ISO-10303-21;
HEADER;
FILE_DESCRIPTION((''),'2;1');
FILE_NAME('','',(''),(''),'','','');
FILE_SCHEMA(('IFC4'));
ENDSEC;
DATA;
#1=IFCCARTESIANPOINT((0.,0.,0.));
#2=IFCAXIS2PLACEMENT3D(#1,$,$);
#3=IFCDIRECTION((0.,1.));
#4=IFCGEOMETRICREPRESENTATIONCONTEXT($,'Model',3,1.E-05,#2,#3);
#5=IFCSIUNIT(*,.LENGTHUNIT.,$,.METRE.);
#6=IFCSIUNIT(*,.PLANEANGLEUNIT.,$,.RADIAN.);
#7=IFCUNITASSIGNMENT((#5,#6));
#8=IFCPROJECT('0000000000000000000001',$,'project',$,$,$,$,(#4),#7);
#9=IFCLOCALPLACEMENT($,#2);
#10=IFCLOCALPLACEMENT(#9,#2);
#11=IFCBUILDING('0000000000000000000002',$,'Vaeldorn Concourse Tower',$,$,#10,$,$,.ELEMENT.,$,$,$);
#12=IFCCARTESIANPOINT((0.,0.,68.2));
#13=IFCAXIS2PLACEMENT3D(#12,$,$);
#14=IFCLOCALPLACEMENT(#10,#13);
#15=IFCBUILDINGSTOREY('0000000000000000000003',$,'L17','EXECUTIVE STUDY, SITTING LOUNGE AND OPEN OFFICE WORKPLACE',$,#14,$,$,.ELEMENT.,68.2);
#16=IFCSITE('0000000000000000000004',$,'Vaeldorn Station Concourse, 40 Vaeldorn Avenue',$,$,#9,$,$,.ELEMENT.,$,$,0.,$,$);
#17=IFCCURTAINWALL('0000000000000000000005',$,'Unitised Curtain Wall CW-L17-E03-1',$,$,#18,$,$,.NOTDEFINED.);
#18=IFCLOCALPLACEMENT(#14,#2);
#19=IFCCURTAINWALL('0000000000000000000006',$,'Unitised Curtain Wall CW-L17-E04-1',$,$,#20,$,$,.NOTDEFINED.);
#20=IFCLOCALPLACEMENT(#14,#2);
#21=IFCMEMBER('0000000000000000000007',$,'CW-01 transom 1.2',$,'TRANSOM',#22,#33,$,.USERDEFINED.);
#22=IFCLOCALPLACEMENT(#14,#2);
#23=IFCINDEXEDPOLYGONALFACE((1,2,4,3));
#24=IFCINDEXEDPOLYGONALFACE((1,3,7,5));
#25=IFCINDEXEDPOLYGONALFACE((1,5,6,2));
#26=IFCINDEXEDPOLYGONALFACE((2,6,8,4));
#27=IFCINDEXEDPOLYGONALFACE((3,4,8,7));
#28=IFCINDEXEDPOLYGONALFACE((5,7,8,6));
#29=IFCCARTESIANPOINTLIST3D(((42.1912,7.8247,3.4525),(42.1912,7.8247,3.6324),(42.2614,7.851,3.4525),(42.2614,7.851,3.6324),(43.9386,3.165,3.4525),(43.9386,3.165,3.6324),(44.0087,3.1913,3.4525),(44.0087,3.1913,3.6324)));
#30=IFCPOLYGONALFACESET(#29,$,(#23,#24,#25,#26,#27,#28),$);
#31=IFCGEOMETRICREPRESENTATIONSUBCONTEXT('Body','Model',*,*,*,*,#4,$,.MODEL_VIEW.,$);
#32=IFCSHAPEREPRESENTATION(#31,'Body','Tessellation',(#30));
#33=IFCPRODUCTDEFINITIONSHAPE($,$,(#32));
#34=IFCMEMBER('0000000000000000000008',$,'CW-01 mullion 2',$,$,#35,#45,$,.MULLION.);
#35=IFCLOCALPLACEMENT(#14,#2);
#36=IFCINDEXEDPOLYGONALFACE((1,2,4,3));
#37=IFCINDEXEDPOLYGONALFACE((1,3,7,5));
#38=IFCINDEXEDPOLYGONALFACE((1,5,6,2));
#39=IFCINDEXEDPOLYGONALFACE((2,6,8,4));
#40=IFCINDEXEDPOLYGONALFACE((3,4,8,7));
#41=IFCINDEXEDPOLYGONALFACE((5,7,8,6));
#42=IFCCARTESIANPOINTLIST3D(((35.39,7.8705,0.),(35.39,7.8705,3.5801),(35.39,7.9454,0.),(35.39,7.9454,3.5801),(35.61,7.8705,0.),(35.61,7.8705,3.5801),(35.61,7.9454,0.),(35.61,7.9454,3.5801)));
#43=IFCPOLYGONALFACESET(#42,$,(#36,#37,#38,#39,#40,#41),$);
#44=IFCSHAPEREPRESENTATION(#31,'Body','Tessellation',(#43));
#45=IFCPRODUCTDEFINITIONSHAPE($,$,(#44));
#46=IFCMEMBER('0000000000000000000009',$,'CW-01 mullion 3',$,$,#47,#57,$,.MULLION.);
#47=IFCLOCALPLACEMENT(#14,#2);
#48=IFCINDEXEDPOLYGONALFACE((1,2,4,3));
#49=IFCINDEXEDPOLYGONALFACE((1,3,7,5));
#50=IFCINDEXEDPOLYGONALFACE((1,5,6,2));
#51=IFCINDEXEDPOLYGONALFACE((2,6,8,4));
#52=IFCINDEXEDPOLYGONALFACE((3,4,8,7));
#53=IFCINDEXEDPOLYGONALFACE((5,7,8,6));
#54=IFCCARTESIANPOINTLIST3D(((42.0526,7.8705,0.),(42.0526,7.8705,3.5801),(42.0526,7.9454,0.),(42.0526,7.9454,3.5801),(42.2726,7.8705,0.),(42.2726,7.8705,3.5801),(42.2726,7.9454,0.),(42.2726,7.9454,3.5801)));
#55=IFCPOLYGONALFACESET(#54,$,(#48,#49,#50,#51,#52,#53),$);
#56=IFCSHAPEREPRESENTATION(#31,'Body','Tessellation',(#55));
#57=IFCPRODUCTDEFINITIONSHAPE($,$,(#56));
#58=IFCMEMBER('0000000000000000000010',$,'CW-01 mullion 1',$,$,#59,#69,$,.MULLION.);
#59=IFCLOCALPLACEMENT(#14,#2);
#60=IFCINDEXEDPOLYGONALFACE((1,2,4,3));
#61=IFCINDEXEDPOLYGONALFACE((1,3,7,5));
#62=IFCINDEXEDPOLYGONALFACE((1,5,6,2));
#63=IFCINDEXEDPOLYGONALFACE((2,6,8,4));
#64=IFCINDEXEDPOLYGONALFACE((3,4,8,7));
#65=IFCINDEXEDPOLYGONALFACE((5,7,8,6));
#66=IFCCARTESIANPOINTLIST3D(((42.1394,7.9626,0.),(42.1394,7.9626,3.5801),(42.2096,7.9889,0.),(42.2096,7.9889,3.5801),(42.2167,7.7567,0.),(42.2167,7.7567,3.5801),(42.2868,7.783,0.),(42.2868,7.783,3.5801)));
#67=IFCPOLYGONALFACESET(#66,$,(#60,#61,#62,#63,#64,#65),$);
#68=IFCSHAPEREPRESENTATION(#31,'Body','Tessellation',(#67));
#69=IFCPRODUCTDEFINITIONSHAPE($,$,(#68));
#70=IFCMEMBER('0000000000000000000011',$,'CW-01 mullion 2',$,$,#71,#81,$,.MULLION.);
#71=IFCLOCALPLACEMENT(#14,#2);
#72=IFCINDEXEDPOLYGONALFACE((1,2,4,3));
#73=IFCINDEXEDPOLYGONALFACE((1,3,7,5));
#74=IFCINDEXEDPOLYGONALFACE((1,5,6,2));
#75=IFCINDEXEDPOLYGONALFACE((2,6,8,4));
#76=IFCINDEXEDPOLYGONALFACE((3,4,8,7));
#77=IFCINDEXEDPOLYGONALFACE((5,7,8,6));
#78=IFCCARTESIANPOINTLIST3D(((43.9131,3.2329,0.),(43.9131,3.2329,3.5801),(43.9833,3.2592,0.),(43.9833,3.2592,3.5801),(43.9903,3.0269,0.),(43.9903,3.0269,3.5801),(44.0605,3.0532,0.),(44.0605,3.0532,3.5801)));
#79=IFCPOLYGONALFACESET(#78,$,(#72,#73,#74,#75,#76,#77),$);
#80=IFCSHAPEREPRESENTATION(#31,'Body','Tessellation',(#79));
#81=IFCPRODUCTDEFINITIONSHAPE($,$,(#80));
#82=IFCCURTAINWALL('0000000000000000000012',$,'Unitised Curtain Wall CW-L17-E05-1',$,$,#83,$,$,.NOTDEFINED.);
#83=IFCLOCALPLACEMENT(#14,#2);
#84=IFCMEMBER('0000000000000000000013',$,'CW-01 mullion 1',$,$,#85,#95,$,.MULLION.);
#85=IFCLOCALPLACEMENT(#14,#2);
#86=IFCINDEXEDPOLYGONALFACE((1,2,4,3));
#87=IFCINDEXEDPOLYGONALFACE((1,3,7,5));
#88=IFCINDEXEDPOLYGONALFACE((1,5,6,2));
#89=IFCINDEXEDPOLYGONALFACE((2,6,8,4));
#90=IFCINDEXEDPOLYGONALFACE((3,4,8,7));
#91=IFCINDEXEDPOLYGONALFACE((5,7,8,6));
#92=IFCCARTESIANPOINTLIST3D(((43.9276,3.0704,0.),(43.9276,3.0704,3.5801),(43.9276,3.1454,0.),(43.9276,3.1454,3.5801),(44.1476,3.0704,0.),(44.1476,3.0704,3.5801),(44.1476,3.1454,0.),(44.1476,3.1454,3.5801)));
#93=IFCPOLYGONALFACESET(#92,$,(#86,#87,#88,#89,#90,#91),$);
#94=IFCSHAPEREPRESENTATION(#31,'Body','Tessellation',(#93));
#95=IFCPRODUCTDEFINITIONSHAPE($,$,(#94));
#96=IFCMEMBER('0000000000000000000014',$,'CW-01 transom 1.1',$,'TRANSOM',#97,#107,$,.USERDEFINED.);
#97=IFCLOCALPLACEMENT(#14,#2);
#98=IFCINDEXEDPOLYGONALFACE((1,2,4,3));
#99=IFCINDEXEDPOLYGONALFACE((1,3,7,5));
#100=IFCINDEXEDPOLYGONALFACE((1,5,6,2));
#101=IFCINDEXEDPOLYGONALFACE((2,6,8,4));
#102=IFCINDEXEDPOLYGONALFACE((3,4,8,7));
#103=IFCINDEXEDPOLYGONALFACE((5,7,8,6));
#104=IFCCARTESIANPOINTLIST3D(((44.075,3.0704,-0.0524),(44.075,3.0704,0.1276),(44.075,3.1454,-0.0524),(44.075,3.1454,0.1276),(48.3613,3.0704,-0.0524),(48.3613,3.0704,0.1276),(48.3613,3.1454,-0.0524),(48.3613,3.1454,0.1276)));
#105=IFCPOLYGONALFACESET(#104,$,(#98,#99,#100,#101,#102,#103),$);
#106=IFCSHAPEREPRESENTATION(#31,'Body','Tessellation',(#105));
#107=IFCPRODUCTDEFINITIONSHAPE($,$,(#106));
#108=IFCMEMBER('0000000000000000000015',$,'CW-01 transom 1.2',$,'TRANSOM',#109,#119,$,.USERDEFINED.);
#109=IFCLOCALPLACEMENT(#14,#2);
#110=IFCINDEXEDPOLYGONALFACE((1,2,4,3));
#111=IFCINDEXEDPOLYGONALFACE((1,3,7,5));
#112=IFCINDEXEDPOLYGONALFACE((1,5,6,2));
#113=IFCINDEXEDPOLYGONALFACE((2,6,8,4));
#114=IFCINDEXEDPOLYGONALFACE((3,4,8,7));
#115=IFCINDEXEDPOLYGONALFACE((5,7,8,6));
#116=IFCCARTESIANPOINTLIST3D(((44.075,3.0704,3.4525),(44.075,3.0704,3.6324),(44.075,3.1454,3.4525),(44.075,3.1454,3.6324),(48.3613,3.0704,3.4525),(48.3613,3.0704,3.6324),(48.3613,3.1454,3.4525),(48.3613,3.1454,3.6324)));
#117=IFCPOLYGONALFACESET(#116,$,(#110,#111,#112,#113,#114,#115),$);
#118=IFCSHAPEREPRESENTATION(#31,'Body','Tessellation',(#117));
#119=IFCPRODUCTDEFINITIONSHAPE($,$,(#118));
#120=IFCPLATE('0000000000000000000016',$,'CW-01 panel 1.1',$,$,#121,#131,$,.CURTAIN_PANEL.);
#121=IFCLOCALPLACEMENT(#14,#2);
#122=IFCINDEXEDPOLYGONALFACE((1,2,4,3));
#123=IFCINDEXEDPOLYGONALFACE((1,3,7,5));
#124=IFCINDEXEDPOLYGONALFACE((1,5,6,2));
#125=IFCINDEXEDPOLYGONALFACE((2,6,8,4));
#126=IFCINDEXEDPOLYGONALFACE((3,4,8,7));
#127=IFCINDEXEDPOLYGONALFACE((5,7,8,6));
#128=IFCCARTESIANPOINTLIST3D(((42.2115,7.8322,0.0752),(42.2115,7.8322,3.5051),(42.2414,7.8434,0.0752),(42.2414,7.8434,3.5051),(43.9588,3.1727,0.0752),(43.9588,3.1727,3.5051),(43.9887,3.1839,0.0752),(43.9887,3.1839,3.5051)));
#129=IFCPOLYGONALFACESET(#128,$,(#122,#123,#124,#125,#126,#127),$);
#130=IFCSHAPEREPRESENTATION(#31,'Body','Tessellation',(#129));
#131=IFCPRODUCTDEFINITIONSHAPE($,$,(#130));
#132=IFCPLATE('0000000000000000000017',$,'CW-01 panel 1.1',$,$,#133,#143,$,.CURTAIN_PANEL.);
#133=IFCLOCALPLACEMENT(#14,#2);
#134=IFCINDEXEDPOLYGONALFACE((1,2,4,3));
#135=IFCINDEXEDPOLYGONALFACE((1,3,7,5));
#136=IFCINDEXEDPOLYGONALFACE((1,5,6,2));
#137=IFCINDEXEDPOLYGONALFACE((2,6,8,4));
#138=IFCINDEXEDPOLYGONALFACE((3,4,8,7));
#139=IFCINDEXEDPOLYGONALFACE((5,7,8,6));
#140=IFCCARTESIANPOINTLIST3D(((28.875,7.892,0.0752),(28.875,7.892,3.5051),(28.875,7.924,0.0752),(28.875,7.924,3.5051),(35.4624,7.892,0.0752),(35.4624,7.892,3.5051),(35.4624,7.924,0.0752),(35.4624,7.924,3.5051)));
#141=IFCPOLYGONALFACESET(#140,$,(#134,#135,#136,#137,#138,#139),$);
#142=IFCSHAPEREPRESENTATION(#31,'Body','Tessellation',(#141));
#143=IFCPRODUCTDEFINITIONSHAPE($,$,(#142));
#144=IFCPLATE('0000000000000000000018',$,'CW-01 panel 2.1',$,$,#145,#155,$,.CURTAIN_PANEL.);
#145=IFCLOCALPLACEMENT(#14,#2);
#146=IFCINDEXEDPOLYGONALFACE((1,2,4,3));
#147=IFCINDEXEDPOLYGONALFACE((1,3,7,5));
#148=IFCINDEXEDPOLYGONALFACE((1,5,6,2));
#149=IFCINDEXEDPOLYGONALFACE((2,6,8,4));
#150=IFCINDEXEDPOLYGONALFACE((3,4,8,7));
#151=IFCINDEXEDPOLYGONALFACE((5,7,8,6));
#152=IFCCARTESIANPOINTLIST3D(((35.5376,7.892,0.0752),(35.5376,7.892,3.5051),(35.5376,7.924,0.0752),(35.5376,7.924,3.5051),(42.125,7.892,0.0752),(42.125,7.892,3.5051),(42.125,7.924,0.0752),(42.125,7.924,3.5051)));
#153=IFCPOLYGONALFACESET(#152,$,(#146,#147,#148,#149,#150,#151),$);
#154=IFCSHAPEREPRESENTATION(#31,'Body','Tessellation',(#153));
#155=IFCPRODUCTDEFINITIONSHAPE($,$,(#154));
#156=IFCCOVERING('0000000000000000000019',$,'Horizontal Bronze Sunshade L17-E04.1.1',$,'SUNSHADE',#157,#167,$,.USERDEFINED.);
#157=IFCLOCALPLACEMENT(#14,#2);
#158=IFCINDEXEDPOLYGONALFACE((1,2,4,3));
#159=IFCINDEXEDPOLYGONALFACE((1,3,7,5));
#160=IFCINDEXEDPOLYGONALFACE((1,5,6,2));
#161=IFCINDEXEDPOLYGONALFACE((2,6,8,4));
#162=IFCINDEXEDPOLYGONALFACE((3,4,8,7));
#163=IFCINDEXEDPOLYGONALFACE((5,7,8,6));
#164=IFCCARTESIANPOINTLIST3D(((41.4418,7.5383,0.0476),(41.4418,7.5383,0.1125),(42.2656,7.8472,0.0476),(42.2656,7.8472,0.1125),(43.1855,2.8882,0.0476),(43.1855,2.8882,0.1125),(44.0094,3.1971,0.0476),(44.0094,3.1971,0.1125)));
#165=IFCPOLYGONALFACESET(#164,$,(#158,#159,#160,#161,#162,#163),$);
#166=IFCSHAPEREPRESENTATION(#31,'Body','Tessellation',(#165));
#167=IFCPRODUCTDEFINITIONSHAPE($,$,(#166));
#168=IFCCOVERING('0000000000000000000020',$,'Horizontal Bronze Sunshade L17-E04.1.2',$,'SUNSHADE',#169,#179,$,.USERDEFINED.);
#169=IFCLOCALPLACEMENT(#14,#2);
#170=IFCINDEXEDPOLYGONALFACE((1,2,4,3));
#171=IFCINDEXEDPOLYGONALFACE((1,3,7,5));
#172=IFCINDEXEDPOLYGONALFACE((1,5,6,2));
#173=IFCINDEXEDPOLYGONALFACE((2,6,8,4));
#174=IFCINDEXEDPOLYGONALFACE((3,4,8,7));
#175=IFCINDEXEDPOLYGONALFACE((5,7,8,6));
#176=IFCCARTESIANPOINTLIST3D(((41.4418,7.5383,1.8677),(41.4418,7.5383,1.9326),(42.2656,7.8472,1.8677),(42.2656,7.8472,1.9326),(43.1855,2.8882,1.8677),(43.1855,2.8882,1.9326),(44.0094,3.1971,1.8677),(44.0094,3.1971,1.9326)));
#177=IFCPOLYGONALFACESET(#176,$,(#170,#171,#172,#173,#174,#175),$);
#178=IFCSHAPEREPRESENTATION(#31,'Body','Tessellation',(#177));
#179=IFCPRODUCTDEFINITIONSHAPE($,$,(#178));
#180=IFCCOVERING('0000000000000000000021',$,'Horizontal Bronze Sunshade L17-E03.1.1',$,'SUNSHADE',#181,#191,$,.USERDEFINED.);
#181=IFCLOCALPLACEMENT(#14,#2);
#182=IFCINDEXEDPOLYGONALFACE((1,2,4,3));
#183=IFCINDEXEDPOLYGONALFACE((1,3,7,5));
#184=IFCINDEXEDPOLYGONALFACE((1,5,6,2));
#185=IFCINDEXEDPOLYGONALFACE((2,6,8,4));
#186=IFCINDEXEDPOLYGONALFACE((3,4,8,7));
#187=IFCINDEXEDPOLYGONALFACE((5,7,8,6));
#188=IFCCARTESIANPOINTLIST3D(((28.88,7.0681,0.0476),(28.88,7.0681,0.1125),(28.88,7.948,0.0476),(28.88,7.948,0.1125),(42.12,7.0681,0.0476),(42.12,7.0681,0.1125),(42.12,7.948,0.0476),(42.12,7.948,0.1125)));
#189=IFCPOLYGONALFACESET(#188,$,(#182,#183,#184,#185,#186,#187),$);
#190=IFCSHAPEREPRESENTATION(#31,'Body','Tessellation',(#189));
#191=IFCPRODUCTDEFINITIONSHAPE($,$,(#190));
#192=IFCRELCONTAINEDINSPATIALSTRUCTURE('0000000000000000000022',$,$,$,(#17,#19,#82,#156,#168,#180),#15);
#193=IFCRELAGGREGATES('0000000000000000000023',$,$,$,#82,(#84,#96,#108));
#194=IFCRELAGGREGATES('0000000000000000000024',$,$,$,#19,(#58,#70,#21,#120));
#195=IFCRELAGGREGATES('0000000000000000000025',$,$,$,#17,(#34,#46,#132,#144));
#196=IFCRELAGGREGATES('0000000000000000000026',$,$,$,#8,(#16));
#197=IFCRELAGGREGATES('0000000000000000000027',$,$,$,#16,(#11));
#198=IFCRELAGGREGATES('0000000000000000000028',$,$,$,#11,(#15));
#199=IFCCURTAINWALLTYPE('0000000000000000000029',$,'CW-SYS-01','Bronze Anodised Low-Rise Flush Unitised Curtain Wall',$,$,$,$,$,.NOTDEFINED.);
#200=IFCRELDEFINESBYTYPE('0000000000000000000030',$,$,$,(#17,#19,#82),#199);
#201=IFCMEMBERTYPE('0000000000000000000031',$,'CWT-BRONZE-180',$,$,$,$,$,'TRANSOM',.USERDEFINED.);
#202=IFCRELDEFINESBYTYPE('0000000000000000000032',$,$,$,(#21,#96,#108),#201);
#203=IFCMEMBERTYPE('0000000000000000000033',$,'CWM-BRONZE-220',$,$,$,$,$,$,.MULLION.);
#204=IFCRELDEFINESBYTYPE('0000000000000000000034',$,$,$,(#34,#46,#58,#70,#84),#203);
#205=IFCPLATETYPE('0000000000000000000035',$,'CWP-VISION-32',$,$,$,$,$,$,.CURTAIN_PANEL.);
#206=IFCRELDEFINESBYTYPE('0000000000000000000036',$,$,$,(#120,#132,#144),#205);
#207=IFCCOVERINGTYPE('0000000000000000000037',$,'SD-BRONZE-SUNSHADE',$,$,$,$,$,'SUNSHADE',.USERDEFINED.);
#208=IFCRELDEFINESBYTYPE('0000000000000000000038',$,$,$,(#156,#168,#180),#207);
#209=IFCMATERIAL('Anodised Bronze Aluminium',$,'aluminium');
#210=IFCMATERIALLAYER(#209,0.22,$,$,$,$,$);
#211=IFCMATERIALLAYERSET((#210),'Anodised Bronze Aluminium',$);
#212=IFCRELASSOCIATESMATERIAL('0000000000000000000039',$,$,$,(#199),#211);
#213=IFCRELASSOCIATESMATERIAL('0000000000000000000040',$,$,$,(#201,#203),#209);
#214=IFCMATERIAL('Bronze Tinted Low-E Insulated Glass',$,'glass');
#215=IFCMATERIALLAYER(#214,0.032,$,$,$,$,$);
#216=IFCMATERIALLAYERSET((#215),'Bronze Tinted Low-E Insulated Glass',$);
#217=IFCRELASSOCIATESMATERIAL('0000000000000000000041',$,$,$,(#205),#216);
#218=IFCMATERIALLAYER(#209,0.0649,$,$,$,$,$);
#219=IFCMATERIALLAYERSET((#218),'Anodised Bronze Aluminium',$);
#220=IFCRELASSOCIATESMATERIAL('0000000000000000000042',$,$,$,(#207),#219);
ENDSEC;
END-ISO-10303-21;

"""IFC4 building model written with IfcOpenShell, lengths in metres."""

from ifc_helpers import new_model, si_unit, direction, frame, origin, origin_2d, place, context, subcontext, project, spatial, rectangle, extrude, source, transform, mapped, material, layer, layer_set, material_profile, profile_set, type_object, element, aggregate, save


model = new_model("IFC4")

# Units and contexts
model_context = context("Model", 3, precision=1e-05, world=origin(), true_north=direction((0.0, 1.0)))
body_context = subcontext(model_context, "Body", "Model", "MODEL_VIEW")
ifc_project = project(units=[si_unit("LENGTHUNIT", "METRE"), si_unit("PLANEANGLEUNIT", "RADIAN")], contexts=[model_context])

# Site, building, storey
site_placement = place(None, origin())
site = spatial("IfcSite", under=ifc_project, at=site_placement, Name="Vaeldorn Station Concourse, 40 Vaeldorn Avenue", CompositionType="ELEMENT", RefElevation=0.0)
building_placement = place(site_placement, origin())
building = spatial("IfcBuilding", under=site, at=building_placement, Name="Vaeldorn Concourse Tower", CompositionType="ELEMENT")
storey_placement = place(building_placement, frame((0.0, 0.0, 68.2)))
storey = spatial("IfcBuildingStorey", under=building, at=storey_placement, Name="L17", Description="EXECUTIVE STUDY, SITTING LOUNGE AND OPEN OFFICE WORKPLACE", CompositionType="ELEMENT", Elevation=68.2)

# Curtain walls, member
ifc_material_1 = material(Name="Anodised Bronze Aluminium", Category="aluminium")
ifc_layer_1 = layer(ifc_material_1, 0.22)
ifc_layer_set_1 = layer_set([ifc_layer_1], Name="Anodised Bronze Aluminium")
curtain_wall_type = type_object("IfcCurtainWallType", Name="CW-SYS-01", Description="Bronze Anodised Low-Rise Flush Unitised Curtain Wall", PredefinedType="NOTDEFINED", material=ifc_layer_set_1)
curtain_wall_1_placement = place(storey_placement, origin())
curtain_wall_1 = element("IfcCurtainWall", 1, at=curtain_wall_1_placement, inside=storey, type_object=curtain_wall_type, Name="Unitised Curtain Wall CW-L17-E03-1", PredefinedType="NOTDEFINED")
ifc_material_profile_1 = material_profile(ifc_material_1, rectangle(XDim=0.075, YDim=0.1799, at=origin_2d()), Name="CWT 75x180")
ifc_profile_set_1 = profile_set([ifc_material_profile_1], Name="Anodised Bronze Aluminium")
member_type_1 = type_object("IfcMemberType", Name="CWT-BRONZE-180", ElementType="TRANSOM", PredefinedType="USERDEFINED", material=ifc_profile_set_1)
curtain_wall_2_placement = place(storey_placement, origin())
curtain_wall_2 = element("IfcCurtainWall", 2, at=curtain_wall_2_placement, inside=storey, type_object=curtain_wall_type, Name="Unitised Curtain Wall CW-L17-E04-1", PredefinedType="NOTDEFINED")
shared_shape_1 = source(origin(), body_context, "Body", "SweptSolid", [
    extrude(rectangle(XDim=0.075, YDim=0.1799, at=origin_2d()), origin(), (0.0, 0.0, 1.0), 4.9766),
])
member_1_placement = place(storey_placement, frame((42.2263, 7.8379, 3.5425), z_axis=(0.351113, -0.936333, 0.0), x_axis=(0.936333, 0.351113, 0.0)))
member_1 = element("IfcMember", 3, at=member_1_placement, type_object=member_type_1, Name="CW-01 transom 1.2", ObjectType="TRANSOM", PredefinedType="USERDEFINED", context=body_context, shape_type="MappedRepresentation", body=[
    mapped(shared_shape_1, transform((0.0, 0.0, 0.0), scale=1.0)),
])

# Members
ifc_material_profile_2 = material_profile(ifc_material_1, rectangle(XDim=0.075, YDim=0.22, at=origin_2d()), Name="CWM 75x220")
ifc_profile_set_2 = profile_set([ifc_material_profile_2], Name="Anodised Bronze Aluminium")
member_type_2 = type_object("IfcMemberType", Name="CWM-BRONZE-220", PredefinedType="MULLION", material=ifc_profile_set_2)
shared_shape_2 = source(origin(), body_context, "Body", "SweptSolid", [
    extrude(rectangle(XDim=0.075, YDim=0.22, at=origin_2d()), origin(), (0.0, 0.0, 1.0), 3.5801),
])
member_2_placement = place(storey_placement, frame((35.5, 7.908, 0.0), z_axis=(0.0, 0.0, 1.0), x_axis=(0.0, 1.0, 0.0)))
member_2 = element("IfcMember", 4, at=member_2_placement, type_object=member_type_2, Name="CW-01 mullion 2", PredefinedType="MULLION", context=body_context, shape_type="MappedRepresentation", body=[
    mapped(shared_shape_2, transform((0.0, 0.0, 0.0), scale=1.0)),
])
member_3_placement = place(storey_placement, frame((42.1626, 7.908, 0.0), z_axis=(0.0, 0.0, 1.0), x_axis=(0.0, 1.0, 0.0)))
member_3 = element("IfcMember", 5, at=member_3_placement, type_object=member_type_2, Name="CW-01 mullion 3", PredefinedType="MULLION", context=body_context, shape_type="MappedRepresentation", body=[
    mapped(shared_shape_2, transform((0.0, 0.0, 0.0), scale=1.0)),
])
member_4_placement = place(storey_placement, frame((42.2131, 7.8728, 0.0), z_axis=(0.0, 0.0, 1.0), x_axis=(0.936329, 0.351123, 0.0)))
member_4 = element("IfcMember", 6, at=member_4_placement, type_object=member_type_2, Name="CW-01 mullion 1", PredefinedType="MULLION", context=body_context, shape_type="MappedRepresentation", body=[
    mapped(shared_shape_2, transform((0.0, 0.0, 0.0), scale=1.0)),
])
member_5_placement = place(storey_placement, frame((43.9868, 3.1431, 0.0), z_axis=(0.0, 0.0, 1.0), x_axis=(0.936329, 0.351123, 0.0)))
member_5 = element("IfcMember", 7, at=member_5_placement, type_object=member_type_2, Name="CW-01 mullion 2", PredefinedType="MULLION", context=body_context, shape_type="MappedRepresentation", body=[
    mapped(shared_shape_2, transform((0.0, 0.0, 0.0), scale=1.0)),
])

# Curtain wall, members
curtain_wall_3_placement = place(storey_placement, origin())
curtain_wall_3 = element("IfcCurtainWall", 8, at=curtain_wall_3_placement, inside=storey, type_object=curtain_wall_type, Name="Unitised Curtain Wall CW-L17-E05-1", PredefinedType="NOTDEFINED")
member_6_placement = place(storey_placement, frame((44.0376, 3.1079, 0.0), z_axis=(0.0, 0.0, 1.0), x_axis=(0.0, 1.0, 0.0)))
member_6 = element("IfcMember", 9, at=member_6_placement, type_object=member_type_2, Name="CW-01 mullion 1", PredefinedType="MULLION", context=body_context, shape_type="MappedRepresentation", body=[
    mapped(shared_shape_2, transform((0.0, 0.0, 0.0), scale=1.0)),
])
shared_shape_3 = source(origin(), body_context, "Body", "SweptSolid", [
    extrude(rectangle(XDim=0.075, YDim=0.1799, at=origin_2d()), origin(), (0.0, 0.0, 1.0), 4.2864),
])
member_7_placement = place(storey_placement, frame((44.075, 3.1079, 0.0376), z_axis=(1.0, 0.0, 0.0), x_axis=(0.0, 1.0, 0.0)))
member_7 = element("IfcMember", 10, at=member_7_placement, type_object=member_type_1, Name="CW-01 transom 1.1", ObjectType="TRANSOM", PredefinedType="USERDEFINED", context=body_context, shape_type="MappedRepresentation", body=[
    mapped(shared_shape_3, transform((0.0, 0.0, 0.0), scale=1.0)),
])
member_8_placement = place(storey_placement, frame((44.075, 3.1079, 3.5425), z_axis=(1.0, 0.0, 0.0), x_axis=(0.0, 1.0, 0.0)))
member_8 = element("IfcMember", 11, at=member_8_placement, type_object=member_type_1, Name="CW-01 transom 1.2", ObjectType="TRANSOM", PredefinedType="USERDEFINED", context=body_context, shape_type="MappedRepresentation", body=[
    mapped(shared_shape_3, transform((0.0, 0.0, 0.0), scale=1.0)),
])
aggregate(curtain_wall_3, [member_6, member_7, member_8])

# Plates
ifc_material_2 = material(Name="Bronze Tinted Low-E Insulated Glass", Category="glass")
ifc_layer_2 = layer(ifc_material_2, 0.032)
ifc_layer_set_2 = layer_set([ifc_layer_2], Name="Bronze Tinted Low-E Insulated Glass")
plate_type = type_object("IfcPlateType", Name="CWP-VISION-32", PredefinedType="CURTAIN_PANEL", material=ifc_layer_set_2)
shared_shape_4 = source(origin(), body_context, "Body", "SweptSolid", [
    extrude(rectangle(XDim=4.9763, YDim=0.032, at=origin_2d()), origin(), (0.0, 0.0, 1.0), 3.4299),
])
plate_1_placement = place(storey_placement, frame((43.1001, 5.5081, 0.0752), z_axis=(0.0, 0.0, 1.0), x_axis=(0.351123, -0.936329, 0.0)))
plate_1 = element("IfcPlate", 12, at=plate_1_placement, type_object=plate_type, Name="CW-01 panel 1.1", PredefinedType="CURTAIN_PANEL", context=body_context, shape_type="MappedRepresentation", body=[
    mapped(shared_shape_4, transform((0.0, 0.0, 0.0), scale=1.0)),
])
aggregate(curtain_wall_2, [member_4, member_5, member_1, plate_1])
shared_shape_5 = source(origin(), body_context, "Body", "SweptSolid", [
    extrude(rectangle(XDim=6.5874, YDim=0.032, at=origin_2d()), origin(), (0.0, 0.0, 1.0), 3.4299),
])
plate_2_placement = place(storey_placement, frame((32.1687, 7.908, 0.0752), z_axis=(0.0, 0.0, 1.0), x_axis=(1.0, 0.0, 0.0)))
plate_2 = element("IfcPlate", 13, at=plate_2_placement, type_object=plate_type, Name="CW-01 panel 1.1", PredefinedType="CURTAIN_PANEL", context=body_context, shape_type="MappedRepresentation", body=[
    mapped(shared_shape_5, transform((0.0, 0.0, 0.0), scale=1.0)),
])
plate_3_placement = place(storey_placement, frame((38.8313, 7.908, 0.0752), z_axis=(0.0, 0.0, 1.0), x_axis=(1.0, 0.0, 0.0)))
plate_3 = element("IfcPlate", 14, at=plate_3_placement, type_object=plate_type, Name="CW-01 panel 2.1", PredefinedType="CURTAIN_PANEL", context=body_context, shape_type="MappedRepresentation", body=[
    mapped(shared_shape_5, transform((0.0, 0.0, 0.0), scale=1.0)),
])
aggregate(curtain_wall_1, [member_2, member_3, plate_2, plate_3])

# Coverings
ifc_layer_3 = layer(ifc_material_1, 0.0649)
ifc_layer_set_3 = layer_set([ifc_layer_3], Name="Anodised Bronze Aluminium")
covering_type = type_object("IfcCoveringType", Name="SD-BRONZE-SUNSHADE", ElementType="SUNSHADE", PredefinedType="USERDEFINED", material=ifc_layer_set_3)
shared_shape_6 = source(origin(), body_context, "Body", "SweptSolid", [
    extrude(rectangle(XDim=4.9663, YDim=0.8799, at=origin_2d()), origin(), (0.0, 0.0, 1.0), 0.0649),
])
for number, where, z_axis, x_axis, name in (
    (15, (42.7256, 5.3677, 0.0476), (0.0, 0.0, 1.0), (0.351123, -0.936329, 0.0), "Horizontal Bronze Sunshade L17-E04.1.1"),
    (16, (42.7256, 5.3677, 1.8677), (0.0, 0.0, 1.0), (0.351123, -0.936329, 0.0), "Horizontal Bronze Sunshade L17-E04.1.2"),
):
    element("IfcCovering", number, at=place(storey_placement, frame(where, z_axis=z_axis, x_axis=x_axis)), inside=storey, type_object=covering_type, Name=name, ObjectType="SUNSHADE", PredefinedType="USERDEFINED", context=body_context, shape_type="MappedRepresentation", body=[
        mapped(shared_shape_6, transform((0.0, 0.0, 0.0), scale=1.0)),
    ])
shared_shape_7 = source(origin(), body_context, "Body", "SweptSolid", [
    extrude(rectangle(XDim=13.24, YDim=0.8799, at=origin_2d()), origin(), (0.0, 0.0, 1.0), 0.0649),
])
for number, where, z_axis, x_axis, name in (
    (17, (35.5, 7.5081, 0.0476), (0.0, 0.0, 1.0), (1.0, 0.0, 0.0), "Horizontal Bronze Sunshade L17-E03.1.1"),
):
    element("IfcCovering", number, at=place(storey_placement, frame(where, z_axis=z_axis, x_axis=x_axis)), inside=storey, type_object=covering_type, Name=name, ObjectType="SUNSHADE", PredefinedType="USERDEFINED", context=body_context, shape_type="MappedRepresentation", body=[
        mapped(shared_shape_7, transform((0.0, 0.0, 0.0), scale=1.0)),
    ])

save(model, "model.ifc")
